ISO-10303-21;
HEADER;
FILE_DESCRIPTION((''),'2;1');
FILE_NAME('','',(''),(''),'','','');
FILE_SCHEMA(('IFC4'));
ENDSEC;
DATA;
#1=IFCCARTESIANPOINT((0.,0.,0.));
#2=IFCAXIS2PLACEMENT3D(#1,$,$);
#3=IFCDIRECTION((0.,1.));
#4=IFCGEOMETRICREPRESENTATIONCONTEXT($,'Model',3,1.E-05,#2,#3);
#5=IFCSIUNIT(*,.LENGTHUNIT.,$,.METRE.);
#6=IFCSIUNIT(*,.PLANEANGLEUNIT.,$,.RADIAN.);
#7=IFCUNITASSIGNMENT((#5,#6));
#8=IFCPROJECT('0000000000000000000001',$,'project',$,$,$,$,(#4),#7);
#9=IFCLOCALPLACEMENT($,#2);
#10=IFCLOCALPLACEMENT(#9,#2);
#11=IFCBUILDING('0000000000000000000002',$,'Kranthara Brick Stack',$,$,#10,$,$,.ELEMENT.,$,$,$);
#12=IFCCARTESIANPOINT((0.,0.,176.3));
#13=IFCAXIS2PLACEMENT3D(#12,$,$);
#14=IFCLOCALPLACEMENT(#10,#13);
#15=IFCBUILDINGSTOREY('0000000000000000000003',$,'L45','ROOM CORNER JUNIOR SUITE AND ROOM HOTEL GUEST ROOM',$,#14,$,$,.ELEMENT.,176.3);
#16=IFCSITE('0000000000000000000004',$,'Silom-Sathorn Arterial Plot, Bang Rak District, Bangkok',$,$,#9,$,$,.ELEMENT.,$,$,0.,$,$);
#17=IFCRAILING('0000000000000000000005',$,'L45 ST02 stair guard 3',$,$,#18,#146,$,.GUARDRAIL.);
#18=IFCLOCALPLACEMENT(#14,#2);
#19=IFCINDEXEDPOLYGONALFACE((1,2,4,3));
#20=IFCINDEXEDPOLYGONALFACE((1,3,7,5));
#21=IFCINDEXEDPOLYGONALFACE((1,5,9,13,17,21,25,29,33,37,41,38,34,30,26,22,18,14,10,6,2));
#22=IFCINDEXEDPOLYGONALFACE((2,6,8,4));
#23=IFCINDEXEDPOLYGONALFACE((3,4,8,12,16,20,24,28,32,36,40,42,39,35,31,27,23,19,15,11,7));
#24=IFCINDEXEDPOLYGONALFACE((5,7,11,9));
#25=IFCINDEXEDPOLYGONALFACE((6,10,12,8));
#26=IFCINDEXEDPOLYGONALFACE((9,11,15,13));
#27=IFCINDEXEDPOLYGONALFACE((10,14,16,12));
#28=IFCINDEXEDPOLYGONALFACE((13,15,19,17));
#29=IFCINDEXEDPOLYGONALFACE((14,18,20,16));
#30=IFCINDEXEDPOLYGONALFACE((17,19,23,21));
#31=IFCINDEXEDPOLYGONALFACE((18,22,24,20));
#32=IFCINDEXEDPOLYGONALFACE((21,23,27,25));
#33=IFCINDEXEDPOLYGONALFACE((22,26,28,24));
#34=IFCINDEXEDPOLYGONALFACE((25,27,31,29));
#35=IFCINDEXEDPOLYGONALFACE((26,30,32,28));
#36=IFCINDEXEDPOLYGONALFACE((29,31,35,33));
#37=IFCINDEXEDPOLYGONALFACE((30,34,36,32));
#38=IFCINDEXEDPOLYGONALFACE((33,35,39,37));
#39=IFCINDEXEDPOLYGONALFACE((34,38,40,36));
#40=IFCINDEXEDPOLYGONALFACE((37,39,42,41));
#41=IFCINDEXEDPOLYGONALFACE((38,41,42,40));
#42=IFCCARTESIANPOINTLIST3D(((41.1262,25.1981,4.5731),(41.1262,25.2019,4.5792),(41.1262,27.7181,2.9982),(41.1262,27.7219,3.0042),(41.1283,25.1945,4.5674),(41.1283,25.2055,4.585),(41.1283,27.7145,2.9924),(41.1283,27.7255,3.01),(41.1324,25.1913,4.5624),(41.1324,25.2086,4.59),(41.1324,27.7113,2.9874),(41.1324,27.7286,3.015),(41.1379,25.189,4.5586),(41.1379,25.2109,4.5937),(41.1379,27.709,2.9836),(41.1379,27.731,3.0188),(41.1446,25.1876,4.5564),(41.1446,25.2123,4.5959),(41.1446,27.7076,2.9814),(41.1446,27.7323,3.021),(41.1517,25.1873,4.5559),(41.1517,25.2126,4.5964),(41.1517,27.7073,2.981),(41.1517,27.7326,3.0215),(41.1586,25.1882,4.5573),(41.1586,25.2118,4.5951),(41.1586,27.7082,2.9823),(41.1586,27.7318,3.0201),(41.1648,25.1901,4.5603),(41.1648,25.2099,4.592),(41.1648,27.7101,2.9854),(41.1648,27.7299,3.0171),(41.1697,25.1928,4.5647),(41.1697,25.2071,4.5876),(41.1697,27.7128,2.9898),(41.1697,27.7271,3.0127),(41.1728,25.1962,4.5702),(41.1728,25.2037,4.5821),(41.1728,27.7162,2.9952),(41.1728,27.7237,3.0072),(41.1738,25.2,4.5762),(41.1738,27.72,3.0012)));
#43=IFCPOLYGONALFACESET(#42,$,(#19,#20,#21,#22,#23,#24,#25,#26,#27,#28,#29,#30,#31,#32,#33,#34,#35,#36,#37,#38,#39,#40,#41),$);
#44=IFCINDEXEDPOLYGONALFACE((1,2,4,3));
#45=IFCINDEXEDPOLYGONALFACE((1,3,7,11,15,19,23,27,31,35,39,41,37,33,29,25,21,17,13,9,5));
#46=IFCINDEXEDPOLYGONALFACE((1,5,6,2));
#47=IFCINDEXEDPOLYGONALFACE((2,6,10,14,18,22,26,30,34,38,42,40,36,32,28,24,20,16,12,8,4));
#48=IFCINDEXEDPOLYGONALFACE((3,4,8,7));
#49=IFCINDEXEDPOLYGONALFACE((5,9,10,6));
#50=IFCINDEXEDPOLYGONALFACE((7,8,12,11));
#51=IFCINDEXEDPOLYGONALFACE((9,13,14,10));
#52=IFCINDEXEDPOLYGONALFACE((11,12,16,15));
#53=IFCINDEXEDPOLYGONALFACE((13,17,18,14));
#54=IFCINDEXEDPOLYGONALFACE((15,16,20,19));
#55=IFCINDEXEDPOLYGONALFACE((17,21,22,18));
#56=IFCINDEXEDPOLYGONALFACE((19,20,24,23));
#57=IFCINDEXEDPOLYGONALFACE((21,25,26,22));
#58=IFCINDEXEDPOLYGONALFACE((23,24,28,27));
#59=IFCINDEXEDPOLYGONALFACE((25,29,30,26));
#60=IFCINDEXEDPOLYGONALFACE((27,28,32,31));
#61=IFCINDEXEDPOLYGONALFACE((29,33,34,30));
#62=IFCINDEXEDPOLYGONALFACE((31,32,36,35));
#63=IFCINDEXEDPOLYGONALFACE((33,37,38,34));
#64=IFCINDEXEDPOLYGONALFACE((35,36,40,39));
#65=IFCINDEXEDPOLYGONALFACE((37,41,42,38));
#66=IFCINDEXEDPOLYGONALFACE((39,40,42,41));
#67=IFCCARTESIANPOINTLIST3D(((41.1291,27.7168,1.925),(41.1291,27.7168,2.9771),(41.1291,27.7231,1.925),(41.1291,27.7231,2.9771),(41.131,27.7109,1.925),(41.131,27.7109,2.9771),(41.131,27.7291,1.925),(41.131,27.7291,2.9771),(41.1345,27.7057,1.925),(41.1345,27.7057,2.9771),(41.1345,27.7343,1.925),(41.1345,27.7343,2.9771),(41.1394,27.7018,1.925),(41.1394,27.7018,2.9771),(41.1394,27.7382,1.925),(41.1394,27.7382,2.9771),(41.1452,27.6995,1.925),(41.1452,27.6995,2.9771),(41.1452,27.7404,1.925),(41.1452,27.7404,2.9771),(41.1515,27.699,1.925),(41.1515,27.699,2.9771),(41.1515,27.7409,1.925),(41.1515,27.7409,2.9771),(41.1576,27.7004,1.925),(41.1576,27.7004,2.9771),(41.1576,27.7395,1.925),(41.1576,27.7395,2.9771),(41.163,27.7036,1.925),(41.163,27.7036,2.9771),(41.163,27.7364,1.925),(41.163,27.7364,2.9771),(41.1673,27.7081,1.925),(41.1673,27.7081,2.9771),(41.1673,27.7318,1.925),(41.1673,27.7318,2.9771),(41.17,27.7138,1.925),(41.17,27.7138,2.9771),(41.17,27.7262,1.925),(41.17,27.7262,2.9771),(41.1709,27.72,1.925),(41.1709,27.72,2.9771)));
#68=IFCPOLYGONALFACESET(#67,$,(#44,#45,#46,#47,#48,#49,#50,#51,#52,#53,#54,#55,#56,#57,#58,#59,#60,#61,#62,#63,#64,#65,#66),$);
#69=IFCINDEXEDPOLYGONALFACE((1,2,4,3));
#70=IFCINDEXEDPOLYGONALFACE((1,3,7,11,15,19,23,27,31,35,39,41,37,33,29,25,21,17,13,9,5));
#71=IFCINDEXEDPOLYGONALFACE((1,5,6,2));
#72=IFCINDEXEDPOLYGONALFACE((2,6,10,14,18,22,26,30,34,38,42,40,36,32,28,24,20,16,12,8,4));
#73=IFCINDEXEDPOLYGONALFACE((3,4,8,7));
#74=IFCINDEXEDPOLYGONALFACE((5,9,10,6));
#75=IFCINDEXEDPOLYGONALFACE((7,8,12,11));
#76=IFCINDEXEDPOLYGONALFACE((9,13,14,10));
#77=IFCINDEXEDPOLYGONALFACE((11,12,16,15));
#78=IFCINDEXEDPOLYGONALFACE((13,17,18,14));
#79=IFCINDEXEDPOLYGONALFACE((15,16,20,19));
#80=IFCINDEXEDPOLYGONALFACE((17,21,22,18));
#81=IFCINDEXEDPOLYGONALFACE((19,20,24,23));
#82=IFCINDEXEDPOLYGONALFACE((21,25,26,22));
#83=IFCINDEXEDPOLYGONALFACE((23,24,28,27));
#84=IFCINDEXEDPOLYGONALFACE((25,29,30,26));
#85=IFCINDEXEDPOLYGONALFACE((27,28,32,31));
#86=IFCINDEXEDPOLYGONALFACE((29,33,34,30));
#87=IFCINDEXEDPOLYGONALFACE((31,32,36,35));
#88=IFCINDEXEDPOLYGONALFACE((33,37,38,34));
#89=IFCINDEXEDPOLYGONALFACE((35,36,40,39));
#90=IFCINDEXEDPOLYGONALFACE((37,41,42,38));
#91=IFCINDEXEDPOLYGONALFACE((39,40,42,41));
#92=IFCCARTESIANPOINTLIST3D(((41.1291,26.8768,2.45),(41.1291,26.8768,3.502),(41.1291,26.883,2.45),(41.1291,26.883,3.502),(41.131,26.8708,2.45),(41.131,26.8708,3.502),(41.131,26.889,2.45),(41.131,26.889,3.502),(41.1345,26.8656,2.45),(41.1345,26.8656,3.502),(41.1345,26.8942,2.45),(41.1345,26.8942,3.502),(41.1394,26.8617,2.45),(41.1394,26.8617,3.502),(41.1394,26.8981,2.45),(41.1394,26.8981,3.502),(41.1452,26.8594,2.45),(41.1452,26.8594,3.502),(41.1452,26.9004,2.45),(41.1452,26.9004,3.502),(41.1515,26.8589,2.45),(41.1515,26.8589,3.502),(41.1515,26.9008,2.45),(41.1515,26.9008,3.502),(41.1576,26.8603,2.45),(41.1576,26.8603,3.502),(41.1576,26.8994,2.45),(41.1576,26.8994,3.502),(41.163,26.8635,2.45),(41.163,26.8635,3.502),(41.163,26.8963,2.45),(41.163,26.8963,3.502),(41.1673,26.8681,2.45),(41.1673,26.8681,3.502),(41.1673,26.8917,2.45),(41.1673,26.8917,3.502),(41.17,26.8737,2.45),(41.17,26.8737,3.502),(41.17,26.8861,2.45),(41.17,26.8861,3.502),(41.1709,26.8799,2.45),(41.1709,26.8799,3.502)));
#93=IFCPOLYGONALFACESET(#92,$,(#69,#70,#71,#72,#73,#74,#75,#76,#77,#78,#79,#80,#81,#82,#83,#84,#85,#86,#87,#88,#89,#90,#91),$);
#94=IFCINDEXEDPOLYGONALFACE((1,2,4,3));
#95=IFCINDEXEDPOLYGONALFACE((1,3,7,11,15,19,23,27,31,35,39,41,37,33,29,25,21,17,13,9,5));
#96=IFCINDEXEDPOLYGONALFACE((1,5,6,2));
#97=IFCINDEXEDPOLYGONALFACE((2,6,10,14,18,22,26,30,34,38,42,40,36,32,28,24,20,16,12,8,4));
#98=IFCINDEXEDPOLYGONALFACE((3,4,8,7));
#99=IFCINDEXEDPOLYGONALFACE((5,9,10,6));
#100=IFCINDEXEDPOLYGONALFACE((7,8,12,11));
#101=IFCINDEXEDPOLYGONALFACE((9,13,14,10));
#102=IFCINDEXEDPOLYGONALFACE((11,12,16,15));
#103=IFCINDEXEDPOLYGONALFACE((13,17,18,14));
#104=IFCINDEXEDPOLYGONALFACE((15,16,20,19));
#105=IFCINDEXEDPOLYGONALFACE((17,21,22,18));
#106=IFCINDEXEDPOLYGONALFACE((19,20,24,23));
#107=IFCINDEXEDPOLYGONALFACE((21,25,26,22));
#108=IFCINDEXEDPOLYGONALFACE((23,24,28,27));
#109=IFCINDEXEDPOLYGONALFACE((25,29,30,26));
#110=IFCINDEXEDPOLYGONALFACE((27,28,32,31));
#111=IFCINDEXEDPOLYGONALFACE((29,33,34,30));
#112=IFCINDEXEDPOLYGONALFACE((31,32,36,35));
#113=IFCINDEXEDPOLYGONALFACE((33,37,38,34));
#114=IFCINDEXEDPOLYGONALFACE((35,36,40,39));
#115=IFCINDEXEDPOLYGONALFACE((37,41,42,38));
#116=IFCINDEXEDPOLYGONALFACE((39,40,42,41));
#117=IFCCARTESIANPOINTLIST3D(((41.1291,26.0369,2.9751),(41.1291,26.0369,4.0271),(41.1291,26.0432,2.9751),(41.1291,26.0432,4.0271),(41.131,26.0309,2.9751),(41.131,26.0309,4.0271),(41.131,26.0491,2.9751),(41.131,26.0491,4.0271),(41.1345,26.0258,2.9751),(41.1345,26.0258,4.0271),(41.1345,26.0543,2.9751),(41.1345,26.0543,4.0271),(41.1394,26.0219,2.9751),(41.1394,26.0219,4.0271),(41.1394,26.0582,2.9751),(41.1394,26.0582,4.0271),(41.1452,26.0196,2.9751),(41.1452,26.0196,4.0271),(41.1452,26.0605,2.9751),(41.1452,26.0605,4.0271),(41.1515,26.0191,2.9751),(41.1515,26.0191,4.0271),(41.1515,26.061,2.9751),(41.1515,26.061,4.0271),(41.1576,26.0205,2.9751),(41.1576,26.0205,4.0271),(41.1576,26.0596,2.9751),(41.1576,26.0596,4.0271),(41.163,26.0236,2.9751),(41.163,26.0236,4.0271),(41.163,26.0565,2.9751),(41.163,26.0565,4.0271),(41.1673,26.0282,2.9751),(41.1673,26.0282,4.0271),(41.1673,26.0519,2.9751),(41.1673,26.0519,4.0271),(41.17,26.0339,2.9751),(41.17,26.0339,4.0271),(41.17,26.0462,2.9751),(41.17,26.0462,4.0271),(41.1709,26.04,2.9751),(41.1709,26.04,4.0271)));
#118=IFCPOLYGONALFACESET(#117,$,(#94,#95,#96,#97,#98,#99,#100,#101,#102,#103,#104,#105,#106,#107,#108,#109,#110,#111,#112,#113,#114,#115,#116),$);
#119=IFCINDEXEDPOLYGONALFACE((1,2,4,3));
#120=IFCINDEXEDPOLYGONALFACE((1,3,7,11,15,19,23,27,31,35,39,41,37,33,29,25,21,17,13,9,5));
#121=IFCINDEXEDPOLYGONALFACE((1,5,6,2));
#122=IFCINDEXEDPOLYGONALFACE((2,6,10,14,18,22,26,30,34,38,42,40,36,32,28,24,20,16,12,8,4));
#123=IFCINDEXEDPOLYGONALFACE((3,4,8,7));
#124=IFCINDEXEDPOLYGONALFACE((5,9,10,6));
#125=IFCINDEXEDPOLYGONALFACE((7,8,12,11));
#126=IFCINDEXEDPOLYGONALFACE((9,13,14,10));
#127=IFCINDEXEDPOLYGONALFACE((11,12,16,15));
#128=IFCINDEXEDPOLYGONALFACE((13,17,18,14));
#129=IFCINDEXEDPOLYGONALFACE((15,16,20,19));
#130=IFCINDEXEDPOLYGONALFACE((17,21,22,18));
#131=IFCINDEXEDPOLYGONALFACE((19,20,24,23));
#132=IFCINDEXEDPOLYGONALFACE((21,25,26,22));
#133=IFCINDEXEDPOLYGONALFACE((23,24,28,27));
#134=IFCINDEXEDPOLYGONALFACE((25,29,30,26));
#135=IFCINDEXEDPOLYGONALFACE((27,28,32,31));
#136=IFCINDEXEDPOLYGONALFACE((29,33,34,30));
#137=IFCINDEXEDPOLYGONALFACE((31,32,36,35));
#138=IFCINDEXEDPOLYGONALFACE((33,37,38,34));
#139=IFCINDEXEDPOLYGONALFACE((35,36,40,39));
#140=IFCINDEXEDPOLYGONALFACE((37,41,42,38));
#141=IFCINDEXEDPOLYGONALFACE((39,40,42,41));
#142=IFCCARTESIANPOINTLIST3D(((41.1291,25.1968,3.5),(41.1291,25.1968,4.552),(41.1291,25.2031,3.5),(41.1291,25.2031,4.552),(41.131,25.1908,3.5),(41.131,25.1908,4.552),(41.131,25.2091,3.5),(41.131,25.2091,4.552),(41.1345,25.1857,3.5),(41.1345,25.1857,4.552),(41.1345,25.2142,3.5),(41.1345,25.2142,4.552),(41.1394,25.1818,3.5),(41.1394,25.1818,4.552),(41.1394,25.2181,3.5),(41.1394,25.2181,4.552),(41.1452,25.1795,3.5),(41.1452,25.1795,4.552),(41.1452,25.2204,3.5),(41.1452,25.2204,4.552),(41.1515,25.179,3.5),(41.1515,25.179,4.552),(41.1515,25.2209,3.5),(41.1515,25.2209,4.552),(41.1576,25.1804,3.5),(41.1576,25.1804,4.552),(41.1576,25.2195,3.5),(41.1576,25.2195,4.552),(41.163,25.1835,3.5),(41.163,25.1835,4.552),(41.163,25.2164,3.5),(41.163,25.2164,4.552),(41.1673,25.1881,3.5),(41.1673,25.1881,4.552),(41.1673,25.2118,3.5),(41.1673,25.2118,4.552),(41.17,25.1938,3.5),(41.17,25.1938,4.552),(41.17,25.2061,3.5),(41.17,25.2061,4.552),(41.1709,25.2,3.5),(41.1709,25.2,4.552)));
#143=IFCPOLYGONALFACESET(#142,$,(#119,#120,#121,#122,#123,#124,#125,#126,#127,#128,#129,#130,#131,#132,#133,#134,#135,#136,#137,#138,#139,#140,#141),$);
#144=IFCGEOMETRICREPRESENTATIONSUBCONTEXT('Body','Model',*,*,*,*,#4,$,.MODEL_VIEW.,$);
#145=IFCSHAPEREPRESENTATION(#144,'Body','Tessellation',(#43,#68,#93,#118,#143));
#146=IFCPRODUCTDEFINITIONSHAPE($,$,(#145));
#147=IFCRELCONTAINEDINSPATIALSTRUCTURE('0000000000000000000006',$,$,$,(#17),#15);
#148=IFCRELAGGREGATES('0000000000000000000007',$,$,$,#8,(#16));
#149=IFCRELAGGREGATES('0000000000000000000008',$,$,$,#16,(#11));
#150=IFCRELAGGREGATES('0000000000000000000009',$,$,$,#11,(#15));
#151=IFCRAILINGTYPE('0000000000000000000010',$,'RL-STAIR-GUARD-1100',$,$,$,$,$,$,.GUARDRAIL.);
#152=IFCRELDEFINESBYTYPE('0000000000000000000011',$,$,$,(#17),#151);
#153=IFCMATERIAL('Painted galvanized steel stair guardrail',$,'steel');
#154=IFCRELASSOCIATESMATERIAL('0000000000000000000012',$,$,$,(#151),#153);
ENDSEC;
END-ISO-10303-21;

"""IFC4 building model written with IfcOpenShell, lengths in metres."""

from ifc_helpers import new_model, si_unit, direction, frame, origin, origin_2d, place, context, subcontext, project, spatial, circle, extrude, material, type_object, element, save


model = new_model("IFC4")

# Units and contexts
model_context = context("Model", 3, precision=1e-05, world=origin(), true_north=direction((0.0, 1.0)))
body_context = subcontext(model_context, "Body", "Model", "MODEL_VIEW")
ifc_project = project(units=[si_unit("LENGTHUNIT", "METRE"), si_unit("PLANEANGLEUNIT", "RADIAN")], contexts=[model_context])

# Site, building, storey
site_placement = place(None, origin())
site = spatial("IfcSite", under=ifc_project, at=site_placement, Name="Silom-Sathorn Arterial Plot, Bang Rak District, Bangkok", CompositionType="ELEMENT", RefElevation=0.0)
building_placement = place(site_placement, origin())
building = spatial("IfcBuilding", under=site, at=building_placement, Name="Kranthara Brick Stack", CompositionType="ELEMENT")
storey_placement = place(building_placement, frame((0.0, 0.0, 176.3)))
storey = spatial("IfcBuildingStorey", under=building, at=storey_placement, Name="L45", Description="ROOM CORNER JUNIOR SUITE AND ROOM HOTEL GUEST ROOM", CompositionType="ELEMENT", Elevation=176.3)

# Railing
ifc_material_1 = material(Name="Painted galvanized steel stair guardrail", Category="steel")
railing_type_1 = type_object("IfcRailingType", Name="RL-STAIR-GUARD-1100", PredefinedType="GUARDRAIL", material=ifc_material_1)
railing_1_placement = place(storey_placement, frame((41.1499, 27.72, 1.925)))
element("IfcRailing", 1, at=railing_1_placement, inside=storey, type_object=railing_type_1, Name="L45 ST02 stair guard 3", PredefinedType="GUARDRAIL", context=body_context, shape_type="SweptSolid", body=[
    extrude(circle(Radius=0.0239, at=origin_2d()), frame((0.0, 0.0, 1.0762), z_axis=(0.0, -0.848008, 0.529984), x_axis=(1.0, 0.0, 0.0)), (0.0, 0.0, 1.0), 2.9717),
    extrude(circle(Radius=0.021, at=origin_2d()), origin(), (0.0, 0.0, 1.0), 1.052),
    extrude(circle(Radius=0.021, at=origin_2d()), frame((0.0, -0.8401, 0.5249)), (0.0, 0.0, 1.0), 1.052),
    extrude(circle(Radius=0.021, at=origin_2d()), frame((0.0, -1.6799, 1.05)), (0.0, 0.0, 1.0), 1.052),
    extrude(circle(Radius=0.021, at=origin_2d()), frame((0.0, -2.52, 1.575)), (0.0, 0.0, 1.0), 1.052),
])

save(model, "model.ifc")
